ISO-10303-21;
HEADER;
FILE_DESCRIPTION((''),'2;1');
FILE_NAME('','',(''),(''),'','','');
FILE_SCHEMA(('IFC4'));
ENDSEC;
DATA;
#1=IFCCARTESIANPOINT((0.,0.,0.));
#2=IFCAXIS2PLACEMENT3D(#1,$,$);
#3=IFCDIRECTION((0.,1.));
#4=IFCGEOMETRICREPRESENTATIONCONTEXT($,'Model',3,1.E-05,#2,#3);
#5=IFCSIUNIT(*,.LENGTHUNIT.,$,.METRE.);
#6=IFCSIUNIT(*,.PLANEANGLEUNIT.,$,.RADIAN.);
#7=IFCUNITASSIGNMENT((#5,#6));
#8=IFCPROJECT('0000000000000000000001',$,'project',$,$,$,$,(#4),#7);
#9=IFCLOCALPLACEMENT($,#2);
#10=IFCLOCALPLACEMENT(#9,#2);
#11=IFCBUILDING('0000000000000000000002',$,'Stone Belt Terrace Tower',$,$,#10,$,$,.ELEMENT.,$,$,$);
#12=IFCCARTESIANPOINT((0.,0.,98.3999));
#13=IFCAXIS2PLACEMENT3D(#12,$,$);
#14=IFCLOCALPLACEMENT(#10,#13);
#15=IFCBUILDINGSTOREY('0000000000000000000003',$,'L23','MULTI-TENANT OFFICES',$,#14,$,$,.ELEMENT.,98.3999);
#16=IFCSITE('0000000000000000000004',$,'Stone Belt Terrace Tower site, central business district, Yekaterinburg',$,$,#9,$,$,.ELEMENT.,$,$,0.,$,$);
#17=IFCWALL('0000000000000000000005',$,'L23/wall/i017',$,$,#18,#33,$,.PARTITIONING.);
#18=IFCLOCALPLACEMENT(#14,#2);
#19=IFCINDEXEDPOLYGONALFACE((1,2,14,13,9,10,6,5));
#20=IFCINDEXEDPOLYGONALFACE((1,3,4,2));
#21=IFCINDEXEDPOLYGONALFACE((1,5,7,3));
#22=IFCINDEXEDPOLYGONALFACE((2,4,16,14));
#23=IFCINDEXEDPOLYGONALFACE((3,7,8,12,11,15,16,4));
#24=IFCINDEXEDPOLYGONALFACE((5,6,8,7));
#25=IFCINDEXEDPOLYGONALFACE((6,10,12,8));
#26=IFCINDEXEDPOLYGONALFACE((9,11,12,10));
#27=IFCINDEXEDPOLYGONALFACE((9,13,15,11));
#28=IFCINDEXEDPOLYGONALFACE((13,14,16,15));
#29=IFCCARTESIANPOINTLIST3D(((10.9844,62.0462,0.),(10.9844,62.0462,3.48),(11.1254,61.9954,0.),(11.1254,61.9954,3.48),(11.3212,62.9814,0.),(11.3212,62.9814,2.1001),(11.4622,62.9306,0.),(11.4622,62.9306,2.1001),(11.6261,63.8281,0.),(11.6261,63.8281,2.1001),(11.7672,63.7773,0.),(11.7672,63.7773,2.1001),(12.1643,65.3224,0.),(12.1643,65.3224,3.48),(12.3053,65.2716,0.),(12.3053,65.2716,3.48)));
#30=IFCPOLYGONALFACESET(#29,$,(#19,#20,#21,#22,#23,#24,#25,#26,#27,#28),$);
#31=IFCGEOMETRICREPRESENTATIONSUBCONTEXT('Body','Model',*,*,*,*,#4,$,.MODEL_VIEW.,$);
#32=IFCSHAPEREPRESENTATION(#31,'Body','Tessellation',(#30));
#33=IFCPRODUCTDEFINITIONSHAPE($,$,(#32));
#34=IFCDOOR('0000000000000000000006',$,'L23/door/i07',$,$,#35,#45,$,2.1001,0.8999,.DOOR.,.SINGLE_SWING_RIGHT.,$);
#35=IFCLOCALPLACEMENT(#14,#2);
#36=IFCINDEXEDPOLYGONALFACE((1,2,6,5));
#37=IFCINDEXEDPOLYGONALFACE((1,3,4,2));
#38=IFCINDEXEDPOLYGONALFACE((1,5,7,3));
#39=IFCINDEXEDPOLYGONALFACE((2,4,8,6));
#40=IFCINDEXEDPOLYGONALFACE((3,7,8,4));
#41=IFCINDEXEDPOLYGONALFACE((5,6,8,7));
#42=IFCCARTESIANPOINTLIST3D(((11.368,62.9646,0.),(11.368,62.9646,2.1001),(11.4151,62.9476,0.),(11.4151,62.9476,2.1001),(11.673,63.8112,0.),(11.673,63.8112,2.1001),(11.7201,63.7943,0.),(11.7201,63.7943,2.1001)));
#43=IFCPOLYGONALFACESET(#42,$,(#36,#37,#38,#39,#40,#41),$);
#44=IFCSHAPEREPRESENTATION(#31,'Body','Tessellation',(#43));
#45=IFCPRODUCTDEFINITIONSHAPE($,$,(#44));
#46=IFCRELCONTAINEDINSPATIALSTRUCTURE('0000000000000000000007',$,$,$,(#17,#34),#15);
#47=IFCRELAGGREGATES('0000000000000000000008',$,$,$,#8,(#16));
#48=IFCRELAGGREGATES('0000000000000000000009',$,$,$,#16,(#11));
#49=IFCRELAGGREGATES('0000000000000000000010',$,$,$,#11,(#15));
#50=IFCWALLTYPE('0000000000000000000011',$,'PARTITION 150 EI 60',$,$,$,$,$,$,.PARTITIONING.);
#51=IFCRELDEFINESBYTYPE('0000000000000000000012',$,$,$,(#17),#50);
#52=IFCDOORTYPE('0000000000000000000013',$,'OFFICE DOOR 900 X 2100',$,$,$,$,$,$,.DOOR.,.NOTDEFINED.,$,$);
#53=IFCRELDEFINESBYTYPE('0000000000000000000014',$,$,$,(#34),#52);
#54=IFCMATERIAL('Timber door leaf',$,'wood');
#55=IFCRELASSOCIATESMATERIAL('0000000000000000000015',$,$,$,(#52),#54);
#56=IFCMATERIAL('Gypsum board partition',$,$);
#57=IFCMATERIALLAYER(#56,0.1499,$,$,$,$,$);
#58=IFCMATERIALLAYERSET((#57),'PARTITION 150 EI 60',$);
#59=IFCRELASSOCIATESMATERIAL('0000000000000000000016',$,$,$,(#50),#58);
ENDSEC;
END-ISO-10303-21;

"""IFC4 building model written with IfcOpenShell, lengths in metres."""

from ifc_helpers import new_model, si_unit, direction, frame, frame_2d, origin, place, context, subcontext, project, spatial, rectangle, extrude, material, layer, layer_set, type_object, element, fill, save


model = new_model("IFC4")

# Units and contexts
model_context = context("Model", 3, precision=1e-05, world=origin(), true_north=direction((0.0, 1.0)))
body_context = subcontext(model_context, "Body", "Model", "MODEL_VIEW")
ifc_project = project(units=[si_unit("LENGTHUNIT", "METRE"), si_unit("PLANEANGLEUNIT", "RADIAN")], contexts=[model_context])

# Site, building, storey
site_placement = place(None, origin())
site = spatial("IfcSite", under=ifc_project, at=site_placement, Name="Stone Belt Terrace Tower site, central business district, Yekaterinburg", CompositionType="ELEMENT", RefElevation=0.0)
building_placement = place(site_placement, origin())
building = spatial("IfcBuilding", under=site, at=building_placement, Name="Stone Belt Terrace Tower", CompositionType="ELEMENT")
storey_placement = place(building_placement, frame((0.0, 0.0, 98.3999)))
storey = spatial("IfcBuildingStorey", under=building, at=storey_placement, Name="L23", Description="MULTI-TENANT OFFICES", CompositionType="ELEMENT", Elevation=98.3999)

# Shared definitions
ifc_material_1 = material(Name="Gypsum board partition")

# Wall, opening, door
ifc_material_2 = material(Name="Timber door leaf", Category="wood")
door_type = type_object("IfcDoorType", Name="OFFICE DOOR 900 X 2100", OperationType="NOTDEFINED", PredefinedType="DOOR", material=ifc_material_2)
ifc_layer_1 = layer(ifc_material_1, 0.1499)
ifc_layer_set_1 = layer_set([ifc_layer_1], Name="PARTITION 150 EI 60")
wall_type_1 = type_object("IfcWallType", Name="PARTITION 150 EI 60", PredefinedType="PARTITIONING", material=ifc_layer_set_1)
wall_1_placement = place(storey_placement, frame((12.2349, 65.2971, 0.0), z_axis=(0.0, 0.0, 1.0), x_axis=(-0.338854, -0.940839, 0.0)))
wall_1 = element("IfcWall", 1, at=wall_1_placement, inside=storey, type_object=wall_type_1, Name="L23/wall/i017", PredefinedType="PARTITIONING", context=body_context, shape_type="SweptSolid", body=[
    extrude(rectangle(XDim=3.4822, YDim=0.1499, at=frame_2d((1.7412, 0.0))), origin(), (0.0, 0.0, 1.0), 3.48),
])
opening_1_placement = place(wall_1_placement, frame((1.5884, 0.0, 0.0)))
opening_1 = element("IfcOpeningElement", 2, at=opening_1_placement, cuts=wall_1, PredefinedType="OPENING", context=body_context, shape_type="SweptSolid", body=[
    extrude(rectangle(XDim=0.8999, YDim=2.1001, at=frame_2d((0.45, 1.05))), frame((0.0, 0.085, 0.0), z_axis=(0.0, -1.0, 0.0), x_axis=(1.0, 0.0, 0.0)), (0.0, 0.0, 1.0), 0.1699),
])
door_1_placement = place(opening_1_placement, origin())
door_1 = element("IfcDoor", 3, at=door_1_placement, inside=storey, type_object=door_type, Name="L23/door/i07", OperationType="SINGLE_SWING_RIGHT", OverallHeight=2.1001, OverallWidth=0.8999, PredefinedType="DOOR", context=body_context, shape_type="SweptSolid", body=[
    extrude(rectangle(XDim=0.8999, YDim=2.1001, at=frame_2d((0.45, 1.05))), frame((0.0, 0.0249, 0.0), z_axis=(0.0, -1.0, 0.0), x_axis=(1.0, 0.0, 0.0)), (0.0, 0.0, 1.0), 0.05),
])
fill(opening_1, door_1)

save(model, "model.ifc")
